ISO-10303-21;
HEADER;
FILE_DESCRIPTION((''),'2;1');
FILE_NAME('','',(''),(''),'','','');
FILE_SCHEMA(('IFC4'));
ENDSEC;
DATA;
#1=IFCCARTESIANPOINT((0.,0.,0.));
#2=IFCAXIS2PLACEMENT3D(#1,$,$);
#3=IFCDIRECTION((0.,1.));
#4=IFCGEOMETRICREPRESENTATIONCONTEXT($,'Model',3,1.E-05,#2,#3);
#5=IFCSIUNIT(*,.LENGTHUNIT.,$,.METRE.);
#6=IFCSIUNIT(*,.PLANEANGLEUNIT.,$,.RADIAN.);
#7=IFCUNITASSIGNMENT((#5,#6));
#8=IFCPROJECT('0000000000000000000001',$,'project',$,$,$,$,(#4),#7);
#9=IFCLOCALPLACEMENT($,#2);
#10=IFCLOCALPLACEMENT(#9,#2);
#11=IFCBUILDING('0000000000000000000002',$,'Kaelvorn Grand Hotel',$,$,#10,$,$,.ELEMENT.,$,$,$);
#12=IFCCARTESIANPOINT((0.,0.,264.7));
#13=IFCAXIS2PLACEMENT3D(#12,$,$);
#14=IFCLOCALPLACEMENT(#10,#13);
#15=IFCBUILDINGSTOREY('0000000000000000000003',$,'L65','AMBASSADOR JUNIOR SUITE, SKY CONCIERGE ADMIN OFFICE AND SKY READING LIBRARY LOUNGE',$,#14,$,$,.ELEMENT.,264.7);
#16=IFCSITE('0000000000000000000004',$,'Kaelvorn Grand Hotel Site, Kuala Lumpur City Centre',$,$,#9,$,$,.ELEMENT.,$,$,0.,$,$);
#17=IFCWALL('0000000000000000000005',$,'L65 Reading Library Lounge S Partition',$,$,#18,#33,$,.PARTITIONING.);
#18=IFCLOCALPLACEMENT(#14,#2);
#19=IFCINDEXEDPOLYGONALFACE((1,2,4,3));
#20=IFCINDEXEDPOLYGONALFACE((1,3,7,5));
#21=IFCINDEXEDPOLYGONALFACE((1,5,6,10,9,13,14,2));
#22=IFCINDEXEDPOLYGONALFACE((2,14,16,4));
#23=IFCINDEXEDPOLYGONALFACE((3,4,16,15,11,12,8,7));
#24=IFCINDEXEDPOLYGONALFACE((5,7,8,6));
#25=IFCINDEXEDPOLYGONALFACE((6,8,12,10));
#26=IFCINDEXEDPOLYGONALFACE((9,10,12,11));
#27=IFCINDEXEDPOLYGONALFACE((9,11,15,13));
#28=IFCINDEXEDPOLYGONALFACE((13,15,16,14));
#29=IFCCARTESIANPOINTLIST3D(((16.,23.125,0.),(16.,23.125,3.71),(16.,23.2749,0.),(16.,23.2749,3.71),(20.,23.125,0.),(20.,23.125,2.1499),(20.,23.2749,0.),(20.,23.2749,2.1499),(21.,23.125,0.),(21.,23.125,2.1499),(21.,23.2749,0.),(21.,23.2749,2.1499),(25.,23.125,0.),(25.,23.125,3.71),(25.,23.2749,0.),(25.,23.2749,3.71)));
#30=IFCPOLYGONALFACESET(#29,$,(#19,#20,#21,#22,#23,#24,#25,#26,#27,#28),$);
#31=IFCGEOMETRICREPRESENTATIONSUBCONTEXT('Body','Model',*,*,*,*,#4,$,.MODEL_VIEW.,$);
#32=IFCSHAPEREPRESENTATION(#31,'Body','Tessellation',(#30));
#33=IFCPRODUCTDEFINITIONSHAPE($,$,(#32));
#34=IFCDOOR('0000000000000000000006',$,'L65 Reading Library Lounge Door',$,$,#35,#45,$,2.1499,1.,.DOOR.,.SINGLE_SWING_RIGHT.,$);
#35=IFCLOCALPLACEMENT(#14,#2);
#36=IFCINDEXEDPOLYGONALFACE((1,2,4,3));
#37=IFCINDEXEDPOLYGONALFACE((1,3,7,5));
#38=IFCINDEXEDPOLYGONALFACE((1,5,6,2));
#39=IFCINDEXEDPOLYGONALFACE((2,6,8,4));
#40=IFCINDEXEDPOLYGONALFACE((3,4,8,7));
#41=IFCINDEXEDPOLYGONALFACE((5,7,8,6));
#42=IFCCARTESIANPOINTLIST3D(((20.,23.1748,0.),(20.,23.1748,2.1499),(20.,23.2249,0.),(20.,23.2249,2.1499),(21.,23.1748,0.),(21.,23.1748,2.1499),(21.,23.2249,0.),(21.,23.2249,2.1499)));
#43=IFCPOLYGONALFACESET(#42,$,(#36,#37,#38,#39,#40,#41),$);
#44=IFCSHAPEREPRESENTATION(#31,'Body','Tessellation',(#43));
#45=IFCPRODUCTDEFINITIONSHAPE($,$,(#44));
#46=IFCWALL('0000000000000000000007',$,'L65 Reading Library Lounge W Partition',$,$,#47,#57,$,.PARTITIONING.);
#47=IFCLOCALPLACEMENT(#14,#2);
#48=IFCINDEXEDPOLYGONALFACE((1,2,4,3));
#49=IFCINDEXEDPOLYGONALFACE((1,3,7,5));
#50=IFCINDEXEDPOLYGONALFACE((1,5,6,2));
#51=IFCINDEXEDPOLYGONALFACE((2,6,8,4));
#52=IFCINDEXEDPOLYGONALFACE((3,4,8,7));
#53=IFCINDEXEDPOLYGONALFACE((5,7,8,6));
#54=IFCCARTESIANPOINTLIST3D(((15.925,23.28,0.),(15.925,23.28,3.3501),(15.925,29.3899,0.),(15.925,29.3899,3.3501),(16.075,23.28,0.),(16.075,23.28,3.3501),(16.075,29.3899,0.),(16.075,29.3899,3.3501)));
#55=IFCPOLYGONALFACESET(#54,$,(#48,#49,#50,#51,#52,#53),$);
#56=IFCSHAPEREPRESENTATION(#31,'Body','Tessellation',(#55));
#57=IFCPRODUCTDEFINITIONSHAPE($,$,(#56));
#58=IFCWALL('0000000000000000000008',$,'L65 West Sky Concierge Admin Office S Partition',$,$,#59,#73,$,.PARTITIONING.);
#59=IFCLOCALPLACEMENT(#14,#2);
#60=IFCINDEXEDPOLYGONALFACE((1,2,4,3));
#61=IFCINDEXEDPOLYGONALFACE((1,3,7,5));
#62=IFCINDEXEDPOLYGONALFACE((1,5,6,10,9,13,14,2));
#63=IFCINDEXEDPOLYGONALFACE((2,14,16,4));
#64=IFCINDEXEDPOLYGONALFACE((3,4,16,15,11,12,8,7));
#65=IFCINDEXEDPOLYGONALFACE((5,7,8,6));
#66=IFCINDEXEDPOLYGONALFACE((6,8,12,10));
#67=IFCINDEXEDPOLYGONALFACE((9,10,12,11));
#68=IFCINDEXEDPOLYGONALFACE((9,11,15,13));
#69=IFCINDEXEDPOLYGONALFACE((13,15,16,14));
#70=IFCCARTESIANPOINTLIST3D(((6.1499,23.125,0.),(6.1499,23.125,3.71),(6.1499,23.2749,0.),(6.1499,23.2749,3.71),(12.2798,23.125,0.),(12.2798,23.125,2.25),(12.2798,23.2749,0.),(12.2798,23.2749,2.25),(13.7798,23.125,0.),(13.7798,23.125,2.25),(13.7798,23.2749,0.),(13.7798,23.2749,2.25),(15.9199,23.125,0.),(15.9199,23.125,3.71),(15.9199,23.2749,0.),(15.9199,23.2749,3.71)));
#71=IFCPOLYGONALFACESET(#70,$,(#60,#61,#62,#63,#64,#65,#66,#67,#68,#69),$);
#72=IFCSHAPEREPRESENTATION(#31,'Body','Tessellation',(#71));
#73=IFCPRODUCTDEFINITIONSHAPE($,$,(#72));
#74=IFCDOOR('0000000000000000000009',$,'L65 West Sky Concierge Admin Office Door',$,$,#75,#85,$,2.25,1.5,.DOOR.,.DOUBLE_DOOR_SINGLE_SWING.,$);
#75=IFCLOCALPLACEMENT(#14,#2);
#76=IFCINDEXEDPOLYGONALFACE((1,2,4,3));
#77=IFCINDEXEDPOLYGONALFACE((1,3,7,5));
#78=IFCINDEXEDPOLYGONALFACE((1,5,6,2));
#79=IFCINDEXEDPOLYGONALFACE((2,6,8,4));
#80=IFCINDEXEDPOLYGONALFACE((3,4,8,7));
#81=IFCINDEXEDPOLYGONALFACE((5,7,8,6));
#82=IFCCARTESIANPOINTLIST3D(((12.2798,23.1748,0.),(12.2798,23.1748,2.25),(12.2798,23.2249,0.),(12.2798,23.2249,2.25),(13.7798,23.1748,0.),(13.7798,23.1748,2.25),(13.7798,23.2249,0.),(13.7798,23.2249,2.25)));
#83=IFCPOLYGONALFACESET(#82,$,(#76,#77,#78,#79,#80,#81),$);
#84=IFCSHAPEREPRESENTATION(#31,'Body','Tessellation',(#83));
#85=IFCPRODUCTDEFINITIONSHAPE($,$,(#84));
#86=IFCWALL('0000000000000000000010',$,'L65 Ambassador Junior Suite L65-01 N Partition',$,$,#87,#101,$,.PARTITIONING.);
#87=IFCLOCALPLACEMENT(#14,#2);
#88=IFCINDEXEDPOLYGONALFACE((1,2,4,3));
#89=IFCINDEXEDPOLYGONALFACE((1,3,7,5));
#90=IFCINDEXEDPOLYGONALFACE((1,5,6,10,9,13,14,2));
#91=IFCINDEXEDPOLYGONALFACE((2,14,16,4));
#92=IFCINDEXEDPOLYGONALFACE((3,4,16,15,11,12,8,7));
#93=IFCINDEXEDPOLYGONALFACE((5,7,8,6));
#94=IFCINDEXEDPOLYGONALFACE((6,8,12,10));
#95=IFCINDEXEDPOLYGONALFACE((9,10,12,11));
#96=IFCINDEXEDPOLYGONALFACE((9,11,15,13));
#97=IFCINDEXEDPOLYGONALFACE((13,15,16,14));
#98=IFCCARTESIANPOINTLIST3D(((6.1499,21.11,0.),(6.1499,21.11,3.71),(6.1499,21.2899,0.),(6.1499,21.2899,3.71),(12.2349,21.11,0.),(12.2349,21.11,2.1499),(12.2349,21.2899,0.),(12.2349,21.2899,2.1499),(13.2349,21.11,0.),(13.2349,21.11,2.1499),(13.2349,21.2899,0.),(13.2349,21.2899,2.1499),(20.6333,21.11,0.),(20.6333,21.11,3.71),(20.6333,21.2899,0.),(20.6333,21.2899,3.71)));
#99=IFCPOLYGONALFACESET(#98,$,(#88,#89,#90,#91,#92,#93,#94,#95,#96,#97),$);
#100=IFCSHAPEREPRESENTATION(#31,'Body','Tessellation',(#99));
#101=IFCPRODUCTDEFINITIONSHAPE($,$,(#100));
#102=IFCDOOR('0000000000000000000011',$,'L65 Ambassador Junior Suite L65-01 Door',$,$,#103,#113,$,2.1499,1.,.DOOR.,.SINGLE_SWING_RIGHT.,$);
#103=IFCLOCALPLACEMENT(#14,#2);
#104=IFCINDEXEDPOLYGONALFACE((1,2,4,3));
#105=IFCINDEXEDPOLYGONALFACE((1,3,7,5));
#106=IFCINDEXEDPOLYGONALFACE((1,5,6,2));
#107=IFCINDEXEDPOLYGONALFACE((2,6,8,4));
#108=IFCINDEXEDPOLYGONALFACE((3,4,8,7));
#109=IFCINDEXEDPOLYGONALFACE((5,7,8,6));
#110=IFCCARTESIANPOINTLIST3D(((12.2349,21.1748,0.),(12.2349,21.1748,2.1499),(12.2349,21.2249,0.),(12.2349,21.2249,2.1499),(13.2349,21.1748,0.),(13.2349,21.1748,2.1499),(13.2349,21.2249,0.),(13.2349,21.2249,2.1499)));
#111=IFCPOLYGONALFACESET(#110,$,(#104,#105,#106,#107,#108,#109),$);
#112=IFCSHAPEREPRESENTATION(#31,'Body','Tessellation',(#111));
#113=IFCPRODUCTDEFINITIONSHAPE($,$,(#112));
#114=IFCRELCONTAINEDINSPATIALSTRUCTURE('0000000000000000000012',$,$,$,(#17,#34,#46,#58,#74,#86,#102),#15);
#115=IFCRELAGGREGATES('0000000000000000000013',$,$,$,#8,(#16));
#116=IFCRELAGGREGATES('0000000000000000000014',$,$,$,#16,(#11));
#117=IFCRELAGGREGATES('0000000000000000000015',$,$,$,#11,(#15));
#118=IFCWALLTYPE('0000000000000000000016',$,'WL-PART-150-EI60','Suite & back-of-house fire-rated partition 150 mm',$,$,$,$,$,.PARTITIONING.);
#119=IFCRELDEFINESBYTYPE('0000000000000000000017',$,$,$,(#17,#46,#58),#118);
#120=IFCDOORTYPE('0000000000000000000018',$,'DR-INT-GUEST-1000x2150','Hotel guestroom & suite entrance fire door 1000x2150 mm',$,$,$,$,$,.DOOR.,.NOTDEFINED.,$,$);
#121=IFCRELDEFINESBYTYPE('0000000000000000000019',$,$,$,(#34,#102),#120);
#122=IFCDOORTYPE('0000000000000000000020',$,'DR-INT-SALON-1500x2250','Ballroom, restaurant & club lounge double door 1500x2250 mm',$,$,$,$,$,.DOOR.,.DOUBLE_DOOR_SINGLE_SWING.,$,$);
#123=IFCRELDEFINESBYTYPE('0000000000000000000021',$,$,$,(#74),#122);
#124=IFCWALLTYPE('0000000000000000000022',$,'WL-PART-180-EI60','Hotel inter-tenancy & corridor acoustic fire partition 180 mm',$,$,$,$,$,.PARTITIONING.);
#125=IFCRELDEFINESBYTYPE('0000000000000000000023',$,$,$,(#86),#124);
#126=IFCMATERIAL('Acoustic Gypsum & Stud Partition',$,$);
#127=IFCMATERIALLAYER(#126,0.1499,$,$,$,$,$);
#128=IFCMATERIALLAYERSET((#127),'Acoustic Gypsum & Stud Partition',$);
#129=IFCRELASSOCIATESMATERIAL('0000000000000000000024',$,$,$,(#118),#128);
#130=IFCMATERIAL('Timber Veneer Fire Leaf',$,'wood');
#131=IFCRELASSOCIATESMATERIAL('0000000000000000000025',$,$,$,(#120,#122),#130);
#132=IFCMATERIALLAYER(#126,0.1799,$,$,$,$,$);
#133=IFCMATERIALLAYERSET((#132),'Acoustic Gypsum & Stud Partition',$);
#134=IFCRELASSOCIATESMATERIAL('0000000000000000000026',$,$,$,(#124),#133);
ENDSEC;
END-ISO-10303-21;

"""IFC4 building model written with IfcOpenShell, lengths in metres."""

from ifc_helpers import new_model, si_unit, direction, frame, frame_2d, origin, place, context, subcontext, project, spatial, rectangle, extrude, material, layer, layer_set, type_object, element, fill, save


model = new_model("IFC4")

# Units and contexts
model_context = context("Model", 3, precision=1e-05, world=origin(), true_north=direction((0.0, 1.0)))
body_context = subcontext(model_context, "Body", "Model", "MODEL_VIEW")
ifc_project = project(units=[si_unit("LENGTHUNIT", "METRE"), si_unit("PLANEANGLEUNIT", "RADIAN")], contexts=[model_context])

# Site, building, storey
site_placement = place(None, origin())
site = spatial("IfcSite", under=ifc_project, at=site_placement, Name="Kaelvorn Grand Hotel Site, Kuala Lumpur City Centre", CompositionType="ELEMENT", RefElevation=0.0)
building_placement = place(site_placement, origin())
building = spatial("IfcBuilding", under=site, at=building_placement, Name="Kaelvorn Grand Hotel", CompositionType="ELEMENT")
storey_placement = place(building_placement, frame((0.0, 0.0, 264.7)))
storey = spatial("IfcBuildingStorey", under=building, at=storey_placement, Name="L65", Description="AMBASSADOR JUNIOR SUITE, SKY CONCIERGE ADMIN OFFICE AND SKY READING LIBRARY LOUNGE", CompositionType="ELEMENT", Elevation=264.7)

# Wall, opening, door
ifc_material_1 = material(Name="Acoustic Gypsum & Stud Partition")
ifc_layer_1 = layer(ifc_material_1, 0.1499)
ifc_layer_set_1 = layer_set([ifc_layer_1], Name="Acoustic Gypsum & Stud Partition")
wall_type_1 = type_object("IfcWallType", Name="WL-PART-150-EI60", Description="Suite & back-of-house fire-rated partition 150 mm", PredefinedType="PARTITIONING", material=ifc_layer_set_1)
wall_1_placement = place(storey_placement, frame((16.0, 23.2, 0.0), z_axis=(0.0, 0.0, 1.0), x_axis=(1.0, 0.0, 0.0)))
wall_1 = element("IfcWall", 1, at=wall_1_placement, inside=storey, type_object=wall_type_1, Name="L65 Reading Library Lounge S Partition", PredefinedType="PARTITIONING", context=body_context, shape_type="SweptSolid", body=[
    extrude(rectangle(XDim=9.0, YDim=0.1499, at=frame_2d((4.5, 0.0))), origin(), (0.0, 0.0, 1.0), 3.71),
])
opening_1_placement = place(wall_1_placement, frame((4.0, 0.0, 0.0)))
opening_1 = element("IfcOpeningElement", 2, at=opening_1_placement, cuts=wall_1, PredefinedType="OPENING", context=body_context, shape_type="SweptSolid", body=[
    extrude(rectangle(XDim=1.0, YDim=2.1499, at=frame_2d((0.5, 1.075))), frame((0.0, 0.085, 0.0), z_axis=(0.0, -1.0, 0.0), x_axis=(1.0, 0.0, 0.0)), (0.0, 0.0, 1.0), 0.1699),
])
ifc_material_2 = material(Name="Timber Veneer Fire Leaf", Category="wood")
door_type_1 = type_object("IfcDoorType", Name="DR-INT-GUEST-1000x2150", Description="Hotel guestroom & suite entrance fire door 1000x2150 mm", OperationType="NOTDEFINED", PredefinedType="DOOR", material=ifc_material_2)
door_1_placement = place(opening_1_placement, origin())
door_1 = element("IfcDoor", 3, at=door_1_placement, inside=storey, type_object=door_type_1, Name="L65 Reading Library Lounge Door", OperationType="SINGLE_SWING_RIGHT", OverallHeight=2.1499, OverallWidth=1.0, PredefinedType="DOOR", context=body_context, shape_type="SweptSolid", body=[
    extrude(rectangle(XDim=1.0, YDim=2.1499, at=frame_2d((0.5, 1.075))), frame((0.0, 0.0249, 0.0), z_axis=(0.0, -1.0, 0.0), x_axis=(1.0, 0.0, 0.0)), (0.0, 0.0, 1.0), 0.05),
])
fill(opening_1, door_1)

# Wall
wall_2_placement = place(storey_placement, frame((16.0, 23.28, 0.0), z_axis=(0.0, 0.0, 1.0), x_axis=(0.0, 1.0, 0.0)))
element("IfcWall", 4, at=wall_2_placement, inside=storey, type_object=wall_type_1, Name="L65 Reading Library Lounge W Partition", PredefinedType="PARTITIONING", context=body_context, shape_type="SweptSolid", body=[
    extrude(rectangle(XDim=6.1099, YDim=0.1499, at=frame_2d((3.0549, 0.0))), origin(), (0.0, 0.0, 1.0), 3.3501),
])

# Walls, openings, doors
wall_3_placement = place(storey_placement, frame((6.1499, 23.2, 0.0), z_axis=(0.0, 0.0, 1.0), x_axis=(1.0, 0.0, 0.0)))
wall_3 = element("IfcWall", 5, at=wall_3_placement, inside=storey, type_object=wall_type_1, Name="L65 West Sky Concierge Admin Office S Partition", PredefinedType="PARTITIONING", context=body_context, shape_type="SweptSolid", body=[
    extrude(rectangle(XDim=9.77, YDim=0.1499, at=frame_2d((4.885, 0.0))), origin(), (0.0, 0.0, 1.0), 3.71),
])
opening_2_placement = place(wall_3_placement, frame((6.1299, 0.0, 0.0)))
opening_2 = element("IfcOpeningElement", 6, at=opening_2_placement, cuts=wall_3, PredefinedType="OPENING", context=body_context, shape_type="SweptSolid", body=[
    extrude(rectangle(XDim=1.5, YDim=2.25, at=frame_2d((0.75, 1.125))), frame((0.0, 0.085, 0.0), z_axis=(0.0, -1.0, 0.0), x_axis=(1.0, 0.0, 0.0)), (0.0, 0.0, 1.0), 0.1699),
])
door_type_2 = type_object("IfcDoorType", Name="DR-INT-SALON-1500x2250", Description="Ballroom, restaurant & club lounge double door 1500x2250 mm", OperationType="DOUBLE_DOOR_SINGLE_SWING", PredefinedType="DOOR", material=ifc_material_2)
door_2_placement = place(opening_2_placement, origin())
door_2 = element("IfcDoor", 7, at=door_2_placement, inside=storey, type_object=door_type_2, Name="L65 West Sky Concierge Admin Office Door", OperationType="DOUBLE_DOOR_SINGLE_SWING", OverallHeight=2.25, OverallWidth=1.5, PredefinedType="DOOR", context=body_context, shape_type="SweptSolid", body=[
    extrude(rectangle(XDim=1.5, YDim=2.25, at=frame_2d((0.75, 1.125))), frame((0.0, 0.0249, 0.0), z_axis=(0.0, -1.0, 0.0), x_axis=(1.0, 0.0, 0.0)), (0.0, 0.0, 1.0), 0.05),
])
fill(opening_2, door_2)
ifc_layer_2 = layer(ifc_material_1, 0.1799)
ifc_layer_set_2 = layer_set([ifc_layer_2], Name="Acoustic Gypsum & Stud Partition")
wall_type_2 = type_object("IfcWallType", Name="WL-PART-180-EI60", Description="Hotel inter-tenancy & corridor acoustic fire partition 180 mm", PredefinedType="PARTITIONING", material=ifc_layer_set_2)
wall_4_placement = place(storey_placement, frame((6.1499, 21.2, 0.0), z_axis=(0.0, 0.0, 1.0), x_axis=(1.0, 0.0, 0.0)))
wall_4 = element("IfcWall", 8, at=wall_4_placement, inside=storey, type_object=wall_type_2, Name="L65 Ambassador Junior Suite L65-01 N Partition", PredefinedType="PARTITIONING", context=body_context, shape_type="SweptSolid", body=[
    extrude(rectangle(XDim=14.4834, YDim=0.1799, at=frame_2d((7.2417, 0.0))), origin(), (0.0, 0.0, 1.0), 3.71),
])
opening_3_placement = place(wall_4_placement, frame((6.085, 0.0, 0.0)))
opening_3 = element("IfcOpeningElement", 9, at=opening_3_placement, cuts=wall_4, PredefinedType="OPENING", context=body_context, shape_type="SweptSolid", body=[
    extrude(rectangle(XDim=1.0, YDim=2.1499, at=frame_2d((0.5, 1.075))), frame((0.0, 0.1001, 0.0), z_axis=(0.0, -1.0, 0.0), x_axis=(1.0, 0.0, 0.0)), (0.0, 0.0, 1.0), 0.2),
])
door_3_placement = place(opening_3_placement, origin())
door_3 = element("IfcDoor", 10, at=door_3_placement, inside=storey, type_object=door_type_1, Name="L65 Ambassador Junior Suite L65-01 Door", OperationType="SINGLE_SWING_RIGHT", OverallHeight=2.1499, OverallWidth=1.0, PredefinedType="DOOR", context=body_context, shape_type="SweptSolid", body=[
    extrude(rectangle(XDim=1.0, YDim=2.1499, at=frame_2d((0.5, 1.075))), frame((0.0, 0.0249, 0.0), z_axis=(0.0, -1.0, 0.0), x_axis=(1.0, 0.0, 0.0)), (0.0, 0.0, 1.0), 0.05),
])
fill(opening_3, door_3)

save(model, "model.ifc")
